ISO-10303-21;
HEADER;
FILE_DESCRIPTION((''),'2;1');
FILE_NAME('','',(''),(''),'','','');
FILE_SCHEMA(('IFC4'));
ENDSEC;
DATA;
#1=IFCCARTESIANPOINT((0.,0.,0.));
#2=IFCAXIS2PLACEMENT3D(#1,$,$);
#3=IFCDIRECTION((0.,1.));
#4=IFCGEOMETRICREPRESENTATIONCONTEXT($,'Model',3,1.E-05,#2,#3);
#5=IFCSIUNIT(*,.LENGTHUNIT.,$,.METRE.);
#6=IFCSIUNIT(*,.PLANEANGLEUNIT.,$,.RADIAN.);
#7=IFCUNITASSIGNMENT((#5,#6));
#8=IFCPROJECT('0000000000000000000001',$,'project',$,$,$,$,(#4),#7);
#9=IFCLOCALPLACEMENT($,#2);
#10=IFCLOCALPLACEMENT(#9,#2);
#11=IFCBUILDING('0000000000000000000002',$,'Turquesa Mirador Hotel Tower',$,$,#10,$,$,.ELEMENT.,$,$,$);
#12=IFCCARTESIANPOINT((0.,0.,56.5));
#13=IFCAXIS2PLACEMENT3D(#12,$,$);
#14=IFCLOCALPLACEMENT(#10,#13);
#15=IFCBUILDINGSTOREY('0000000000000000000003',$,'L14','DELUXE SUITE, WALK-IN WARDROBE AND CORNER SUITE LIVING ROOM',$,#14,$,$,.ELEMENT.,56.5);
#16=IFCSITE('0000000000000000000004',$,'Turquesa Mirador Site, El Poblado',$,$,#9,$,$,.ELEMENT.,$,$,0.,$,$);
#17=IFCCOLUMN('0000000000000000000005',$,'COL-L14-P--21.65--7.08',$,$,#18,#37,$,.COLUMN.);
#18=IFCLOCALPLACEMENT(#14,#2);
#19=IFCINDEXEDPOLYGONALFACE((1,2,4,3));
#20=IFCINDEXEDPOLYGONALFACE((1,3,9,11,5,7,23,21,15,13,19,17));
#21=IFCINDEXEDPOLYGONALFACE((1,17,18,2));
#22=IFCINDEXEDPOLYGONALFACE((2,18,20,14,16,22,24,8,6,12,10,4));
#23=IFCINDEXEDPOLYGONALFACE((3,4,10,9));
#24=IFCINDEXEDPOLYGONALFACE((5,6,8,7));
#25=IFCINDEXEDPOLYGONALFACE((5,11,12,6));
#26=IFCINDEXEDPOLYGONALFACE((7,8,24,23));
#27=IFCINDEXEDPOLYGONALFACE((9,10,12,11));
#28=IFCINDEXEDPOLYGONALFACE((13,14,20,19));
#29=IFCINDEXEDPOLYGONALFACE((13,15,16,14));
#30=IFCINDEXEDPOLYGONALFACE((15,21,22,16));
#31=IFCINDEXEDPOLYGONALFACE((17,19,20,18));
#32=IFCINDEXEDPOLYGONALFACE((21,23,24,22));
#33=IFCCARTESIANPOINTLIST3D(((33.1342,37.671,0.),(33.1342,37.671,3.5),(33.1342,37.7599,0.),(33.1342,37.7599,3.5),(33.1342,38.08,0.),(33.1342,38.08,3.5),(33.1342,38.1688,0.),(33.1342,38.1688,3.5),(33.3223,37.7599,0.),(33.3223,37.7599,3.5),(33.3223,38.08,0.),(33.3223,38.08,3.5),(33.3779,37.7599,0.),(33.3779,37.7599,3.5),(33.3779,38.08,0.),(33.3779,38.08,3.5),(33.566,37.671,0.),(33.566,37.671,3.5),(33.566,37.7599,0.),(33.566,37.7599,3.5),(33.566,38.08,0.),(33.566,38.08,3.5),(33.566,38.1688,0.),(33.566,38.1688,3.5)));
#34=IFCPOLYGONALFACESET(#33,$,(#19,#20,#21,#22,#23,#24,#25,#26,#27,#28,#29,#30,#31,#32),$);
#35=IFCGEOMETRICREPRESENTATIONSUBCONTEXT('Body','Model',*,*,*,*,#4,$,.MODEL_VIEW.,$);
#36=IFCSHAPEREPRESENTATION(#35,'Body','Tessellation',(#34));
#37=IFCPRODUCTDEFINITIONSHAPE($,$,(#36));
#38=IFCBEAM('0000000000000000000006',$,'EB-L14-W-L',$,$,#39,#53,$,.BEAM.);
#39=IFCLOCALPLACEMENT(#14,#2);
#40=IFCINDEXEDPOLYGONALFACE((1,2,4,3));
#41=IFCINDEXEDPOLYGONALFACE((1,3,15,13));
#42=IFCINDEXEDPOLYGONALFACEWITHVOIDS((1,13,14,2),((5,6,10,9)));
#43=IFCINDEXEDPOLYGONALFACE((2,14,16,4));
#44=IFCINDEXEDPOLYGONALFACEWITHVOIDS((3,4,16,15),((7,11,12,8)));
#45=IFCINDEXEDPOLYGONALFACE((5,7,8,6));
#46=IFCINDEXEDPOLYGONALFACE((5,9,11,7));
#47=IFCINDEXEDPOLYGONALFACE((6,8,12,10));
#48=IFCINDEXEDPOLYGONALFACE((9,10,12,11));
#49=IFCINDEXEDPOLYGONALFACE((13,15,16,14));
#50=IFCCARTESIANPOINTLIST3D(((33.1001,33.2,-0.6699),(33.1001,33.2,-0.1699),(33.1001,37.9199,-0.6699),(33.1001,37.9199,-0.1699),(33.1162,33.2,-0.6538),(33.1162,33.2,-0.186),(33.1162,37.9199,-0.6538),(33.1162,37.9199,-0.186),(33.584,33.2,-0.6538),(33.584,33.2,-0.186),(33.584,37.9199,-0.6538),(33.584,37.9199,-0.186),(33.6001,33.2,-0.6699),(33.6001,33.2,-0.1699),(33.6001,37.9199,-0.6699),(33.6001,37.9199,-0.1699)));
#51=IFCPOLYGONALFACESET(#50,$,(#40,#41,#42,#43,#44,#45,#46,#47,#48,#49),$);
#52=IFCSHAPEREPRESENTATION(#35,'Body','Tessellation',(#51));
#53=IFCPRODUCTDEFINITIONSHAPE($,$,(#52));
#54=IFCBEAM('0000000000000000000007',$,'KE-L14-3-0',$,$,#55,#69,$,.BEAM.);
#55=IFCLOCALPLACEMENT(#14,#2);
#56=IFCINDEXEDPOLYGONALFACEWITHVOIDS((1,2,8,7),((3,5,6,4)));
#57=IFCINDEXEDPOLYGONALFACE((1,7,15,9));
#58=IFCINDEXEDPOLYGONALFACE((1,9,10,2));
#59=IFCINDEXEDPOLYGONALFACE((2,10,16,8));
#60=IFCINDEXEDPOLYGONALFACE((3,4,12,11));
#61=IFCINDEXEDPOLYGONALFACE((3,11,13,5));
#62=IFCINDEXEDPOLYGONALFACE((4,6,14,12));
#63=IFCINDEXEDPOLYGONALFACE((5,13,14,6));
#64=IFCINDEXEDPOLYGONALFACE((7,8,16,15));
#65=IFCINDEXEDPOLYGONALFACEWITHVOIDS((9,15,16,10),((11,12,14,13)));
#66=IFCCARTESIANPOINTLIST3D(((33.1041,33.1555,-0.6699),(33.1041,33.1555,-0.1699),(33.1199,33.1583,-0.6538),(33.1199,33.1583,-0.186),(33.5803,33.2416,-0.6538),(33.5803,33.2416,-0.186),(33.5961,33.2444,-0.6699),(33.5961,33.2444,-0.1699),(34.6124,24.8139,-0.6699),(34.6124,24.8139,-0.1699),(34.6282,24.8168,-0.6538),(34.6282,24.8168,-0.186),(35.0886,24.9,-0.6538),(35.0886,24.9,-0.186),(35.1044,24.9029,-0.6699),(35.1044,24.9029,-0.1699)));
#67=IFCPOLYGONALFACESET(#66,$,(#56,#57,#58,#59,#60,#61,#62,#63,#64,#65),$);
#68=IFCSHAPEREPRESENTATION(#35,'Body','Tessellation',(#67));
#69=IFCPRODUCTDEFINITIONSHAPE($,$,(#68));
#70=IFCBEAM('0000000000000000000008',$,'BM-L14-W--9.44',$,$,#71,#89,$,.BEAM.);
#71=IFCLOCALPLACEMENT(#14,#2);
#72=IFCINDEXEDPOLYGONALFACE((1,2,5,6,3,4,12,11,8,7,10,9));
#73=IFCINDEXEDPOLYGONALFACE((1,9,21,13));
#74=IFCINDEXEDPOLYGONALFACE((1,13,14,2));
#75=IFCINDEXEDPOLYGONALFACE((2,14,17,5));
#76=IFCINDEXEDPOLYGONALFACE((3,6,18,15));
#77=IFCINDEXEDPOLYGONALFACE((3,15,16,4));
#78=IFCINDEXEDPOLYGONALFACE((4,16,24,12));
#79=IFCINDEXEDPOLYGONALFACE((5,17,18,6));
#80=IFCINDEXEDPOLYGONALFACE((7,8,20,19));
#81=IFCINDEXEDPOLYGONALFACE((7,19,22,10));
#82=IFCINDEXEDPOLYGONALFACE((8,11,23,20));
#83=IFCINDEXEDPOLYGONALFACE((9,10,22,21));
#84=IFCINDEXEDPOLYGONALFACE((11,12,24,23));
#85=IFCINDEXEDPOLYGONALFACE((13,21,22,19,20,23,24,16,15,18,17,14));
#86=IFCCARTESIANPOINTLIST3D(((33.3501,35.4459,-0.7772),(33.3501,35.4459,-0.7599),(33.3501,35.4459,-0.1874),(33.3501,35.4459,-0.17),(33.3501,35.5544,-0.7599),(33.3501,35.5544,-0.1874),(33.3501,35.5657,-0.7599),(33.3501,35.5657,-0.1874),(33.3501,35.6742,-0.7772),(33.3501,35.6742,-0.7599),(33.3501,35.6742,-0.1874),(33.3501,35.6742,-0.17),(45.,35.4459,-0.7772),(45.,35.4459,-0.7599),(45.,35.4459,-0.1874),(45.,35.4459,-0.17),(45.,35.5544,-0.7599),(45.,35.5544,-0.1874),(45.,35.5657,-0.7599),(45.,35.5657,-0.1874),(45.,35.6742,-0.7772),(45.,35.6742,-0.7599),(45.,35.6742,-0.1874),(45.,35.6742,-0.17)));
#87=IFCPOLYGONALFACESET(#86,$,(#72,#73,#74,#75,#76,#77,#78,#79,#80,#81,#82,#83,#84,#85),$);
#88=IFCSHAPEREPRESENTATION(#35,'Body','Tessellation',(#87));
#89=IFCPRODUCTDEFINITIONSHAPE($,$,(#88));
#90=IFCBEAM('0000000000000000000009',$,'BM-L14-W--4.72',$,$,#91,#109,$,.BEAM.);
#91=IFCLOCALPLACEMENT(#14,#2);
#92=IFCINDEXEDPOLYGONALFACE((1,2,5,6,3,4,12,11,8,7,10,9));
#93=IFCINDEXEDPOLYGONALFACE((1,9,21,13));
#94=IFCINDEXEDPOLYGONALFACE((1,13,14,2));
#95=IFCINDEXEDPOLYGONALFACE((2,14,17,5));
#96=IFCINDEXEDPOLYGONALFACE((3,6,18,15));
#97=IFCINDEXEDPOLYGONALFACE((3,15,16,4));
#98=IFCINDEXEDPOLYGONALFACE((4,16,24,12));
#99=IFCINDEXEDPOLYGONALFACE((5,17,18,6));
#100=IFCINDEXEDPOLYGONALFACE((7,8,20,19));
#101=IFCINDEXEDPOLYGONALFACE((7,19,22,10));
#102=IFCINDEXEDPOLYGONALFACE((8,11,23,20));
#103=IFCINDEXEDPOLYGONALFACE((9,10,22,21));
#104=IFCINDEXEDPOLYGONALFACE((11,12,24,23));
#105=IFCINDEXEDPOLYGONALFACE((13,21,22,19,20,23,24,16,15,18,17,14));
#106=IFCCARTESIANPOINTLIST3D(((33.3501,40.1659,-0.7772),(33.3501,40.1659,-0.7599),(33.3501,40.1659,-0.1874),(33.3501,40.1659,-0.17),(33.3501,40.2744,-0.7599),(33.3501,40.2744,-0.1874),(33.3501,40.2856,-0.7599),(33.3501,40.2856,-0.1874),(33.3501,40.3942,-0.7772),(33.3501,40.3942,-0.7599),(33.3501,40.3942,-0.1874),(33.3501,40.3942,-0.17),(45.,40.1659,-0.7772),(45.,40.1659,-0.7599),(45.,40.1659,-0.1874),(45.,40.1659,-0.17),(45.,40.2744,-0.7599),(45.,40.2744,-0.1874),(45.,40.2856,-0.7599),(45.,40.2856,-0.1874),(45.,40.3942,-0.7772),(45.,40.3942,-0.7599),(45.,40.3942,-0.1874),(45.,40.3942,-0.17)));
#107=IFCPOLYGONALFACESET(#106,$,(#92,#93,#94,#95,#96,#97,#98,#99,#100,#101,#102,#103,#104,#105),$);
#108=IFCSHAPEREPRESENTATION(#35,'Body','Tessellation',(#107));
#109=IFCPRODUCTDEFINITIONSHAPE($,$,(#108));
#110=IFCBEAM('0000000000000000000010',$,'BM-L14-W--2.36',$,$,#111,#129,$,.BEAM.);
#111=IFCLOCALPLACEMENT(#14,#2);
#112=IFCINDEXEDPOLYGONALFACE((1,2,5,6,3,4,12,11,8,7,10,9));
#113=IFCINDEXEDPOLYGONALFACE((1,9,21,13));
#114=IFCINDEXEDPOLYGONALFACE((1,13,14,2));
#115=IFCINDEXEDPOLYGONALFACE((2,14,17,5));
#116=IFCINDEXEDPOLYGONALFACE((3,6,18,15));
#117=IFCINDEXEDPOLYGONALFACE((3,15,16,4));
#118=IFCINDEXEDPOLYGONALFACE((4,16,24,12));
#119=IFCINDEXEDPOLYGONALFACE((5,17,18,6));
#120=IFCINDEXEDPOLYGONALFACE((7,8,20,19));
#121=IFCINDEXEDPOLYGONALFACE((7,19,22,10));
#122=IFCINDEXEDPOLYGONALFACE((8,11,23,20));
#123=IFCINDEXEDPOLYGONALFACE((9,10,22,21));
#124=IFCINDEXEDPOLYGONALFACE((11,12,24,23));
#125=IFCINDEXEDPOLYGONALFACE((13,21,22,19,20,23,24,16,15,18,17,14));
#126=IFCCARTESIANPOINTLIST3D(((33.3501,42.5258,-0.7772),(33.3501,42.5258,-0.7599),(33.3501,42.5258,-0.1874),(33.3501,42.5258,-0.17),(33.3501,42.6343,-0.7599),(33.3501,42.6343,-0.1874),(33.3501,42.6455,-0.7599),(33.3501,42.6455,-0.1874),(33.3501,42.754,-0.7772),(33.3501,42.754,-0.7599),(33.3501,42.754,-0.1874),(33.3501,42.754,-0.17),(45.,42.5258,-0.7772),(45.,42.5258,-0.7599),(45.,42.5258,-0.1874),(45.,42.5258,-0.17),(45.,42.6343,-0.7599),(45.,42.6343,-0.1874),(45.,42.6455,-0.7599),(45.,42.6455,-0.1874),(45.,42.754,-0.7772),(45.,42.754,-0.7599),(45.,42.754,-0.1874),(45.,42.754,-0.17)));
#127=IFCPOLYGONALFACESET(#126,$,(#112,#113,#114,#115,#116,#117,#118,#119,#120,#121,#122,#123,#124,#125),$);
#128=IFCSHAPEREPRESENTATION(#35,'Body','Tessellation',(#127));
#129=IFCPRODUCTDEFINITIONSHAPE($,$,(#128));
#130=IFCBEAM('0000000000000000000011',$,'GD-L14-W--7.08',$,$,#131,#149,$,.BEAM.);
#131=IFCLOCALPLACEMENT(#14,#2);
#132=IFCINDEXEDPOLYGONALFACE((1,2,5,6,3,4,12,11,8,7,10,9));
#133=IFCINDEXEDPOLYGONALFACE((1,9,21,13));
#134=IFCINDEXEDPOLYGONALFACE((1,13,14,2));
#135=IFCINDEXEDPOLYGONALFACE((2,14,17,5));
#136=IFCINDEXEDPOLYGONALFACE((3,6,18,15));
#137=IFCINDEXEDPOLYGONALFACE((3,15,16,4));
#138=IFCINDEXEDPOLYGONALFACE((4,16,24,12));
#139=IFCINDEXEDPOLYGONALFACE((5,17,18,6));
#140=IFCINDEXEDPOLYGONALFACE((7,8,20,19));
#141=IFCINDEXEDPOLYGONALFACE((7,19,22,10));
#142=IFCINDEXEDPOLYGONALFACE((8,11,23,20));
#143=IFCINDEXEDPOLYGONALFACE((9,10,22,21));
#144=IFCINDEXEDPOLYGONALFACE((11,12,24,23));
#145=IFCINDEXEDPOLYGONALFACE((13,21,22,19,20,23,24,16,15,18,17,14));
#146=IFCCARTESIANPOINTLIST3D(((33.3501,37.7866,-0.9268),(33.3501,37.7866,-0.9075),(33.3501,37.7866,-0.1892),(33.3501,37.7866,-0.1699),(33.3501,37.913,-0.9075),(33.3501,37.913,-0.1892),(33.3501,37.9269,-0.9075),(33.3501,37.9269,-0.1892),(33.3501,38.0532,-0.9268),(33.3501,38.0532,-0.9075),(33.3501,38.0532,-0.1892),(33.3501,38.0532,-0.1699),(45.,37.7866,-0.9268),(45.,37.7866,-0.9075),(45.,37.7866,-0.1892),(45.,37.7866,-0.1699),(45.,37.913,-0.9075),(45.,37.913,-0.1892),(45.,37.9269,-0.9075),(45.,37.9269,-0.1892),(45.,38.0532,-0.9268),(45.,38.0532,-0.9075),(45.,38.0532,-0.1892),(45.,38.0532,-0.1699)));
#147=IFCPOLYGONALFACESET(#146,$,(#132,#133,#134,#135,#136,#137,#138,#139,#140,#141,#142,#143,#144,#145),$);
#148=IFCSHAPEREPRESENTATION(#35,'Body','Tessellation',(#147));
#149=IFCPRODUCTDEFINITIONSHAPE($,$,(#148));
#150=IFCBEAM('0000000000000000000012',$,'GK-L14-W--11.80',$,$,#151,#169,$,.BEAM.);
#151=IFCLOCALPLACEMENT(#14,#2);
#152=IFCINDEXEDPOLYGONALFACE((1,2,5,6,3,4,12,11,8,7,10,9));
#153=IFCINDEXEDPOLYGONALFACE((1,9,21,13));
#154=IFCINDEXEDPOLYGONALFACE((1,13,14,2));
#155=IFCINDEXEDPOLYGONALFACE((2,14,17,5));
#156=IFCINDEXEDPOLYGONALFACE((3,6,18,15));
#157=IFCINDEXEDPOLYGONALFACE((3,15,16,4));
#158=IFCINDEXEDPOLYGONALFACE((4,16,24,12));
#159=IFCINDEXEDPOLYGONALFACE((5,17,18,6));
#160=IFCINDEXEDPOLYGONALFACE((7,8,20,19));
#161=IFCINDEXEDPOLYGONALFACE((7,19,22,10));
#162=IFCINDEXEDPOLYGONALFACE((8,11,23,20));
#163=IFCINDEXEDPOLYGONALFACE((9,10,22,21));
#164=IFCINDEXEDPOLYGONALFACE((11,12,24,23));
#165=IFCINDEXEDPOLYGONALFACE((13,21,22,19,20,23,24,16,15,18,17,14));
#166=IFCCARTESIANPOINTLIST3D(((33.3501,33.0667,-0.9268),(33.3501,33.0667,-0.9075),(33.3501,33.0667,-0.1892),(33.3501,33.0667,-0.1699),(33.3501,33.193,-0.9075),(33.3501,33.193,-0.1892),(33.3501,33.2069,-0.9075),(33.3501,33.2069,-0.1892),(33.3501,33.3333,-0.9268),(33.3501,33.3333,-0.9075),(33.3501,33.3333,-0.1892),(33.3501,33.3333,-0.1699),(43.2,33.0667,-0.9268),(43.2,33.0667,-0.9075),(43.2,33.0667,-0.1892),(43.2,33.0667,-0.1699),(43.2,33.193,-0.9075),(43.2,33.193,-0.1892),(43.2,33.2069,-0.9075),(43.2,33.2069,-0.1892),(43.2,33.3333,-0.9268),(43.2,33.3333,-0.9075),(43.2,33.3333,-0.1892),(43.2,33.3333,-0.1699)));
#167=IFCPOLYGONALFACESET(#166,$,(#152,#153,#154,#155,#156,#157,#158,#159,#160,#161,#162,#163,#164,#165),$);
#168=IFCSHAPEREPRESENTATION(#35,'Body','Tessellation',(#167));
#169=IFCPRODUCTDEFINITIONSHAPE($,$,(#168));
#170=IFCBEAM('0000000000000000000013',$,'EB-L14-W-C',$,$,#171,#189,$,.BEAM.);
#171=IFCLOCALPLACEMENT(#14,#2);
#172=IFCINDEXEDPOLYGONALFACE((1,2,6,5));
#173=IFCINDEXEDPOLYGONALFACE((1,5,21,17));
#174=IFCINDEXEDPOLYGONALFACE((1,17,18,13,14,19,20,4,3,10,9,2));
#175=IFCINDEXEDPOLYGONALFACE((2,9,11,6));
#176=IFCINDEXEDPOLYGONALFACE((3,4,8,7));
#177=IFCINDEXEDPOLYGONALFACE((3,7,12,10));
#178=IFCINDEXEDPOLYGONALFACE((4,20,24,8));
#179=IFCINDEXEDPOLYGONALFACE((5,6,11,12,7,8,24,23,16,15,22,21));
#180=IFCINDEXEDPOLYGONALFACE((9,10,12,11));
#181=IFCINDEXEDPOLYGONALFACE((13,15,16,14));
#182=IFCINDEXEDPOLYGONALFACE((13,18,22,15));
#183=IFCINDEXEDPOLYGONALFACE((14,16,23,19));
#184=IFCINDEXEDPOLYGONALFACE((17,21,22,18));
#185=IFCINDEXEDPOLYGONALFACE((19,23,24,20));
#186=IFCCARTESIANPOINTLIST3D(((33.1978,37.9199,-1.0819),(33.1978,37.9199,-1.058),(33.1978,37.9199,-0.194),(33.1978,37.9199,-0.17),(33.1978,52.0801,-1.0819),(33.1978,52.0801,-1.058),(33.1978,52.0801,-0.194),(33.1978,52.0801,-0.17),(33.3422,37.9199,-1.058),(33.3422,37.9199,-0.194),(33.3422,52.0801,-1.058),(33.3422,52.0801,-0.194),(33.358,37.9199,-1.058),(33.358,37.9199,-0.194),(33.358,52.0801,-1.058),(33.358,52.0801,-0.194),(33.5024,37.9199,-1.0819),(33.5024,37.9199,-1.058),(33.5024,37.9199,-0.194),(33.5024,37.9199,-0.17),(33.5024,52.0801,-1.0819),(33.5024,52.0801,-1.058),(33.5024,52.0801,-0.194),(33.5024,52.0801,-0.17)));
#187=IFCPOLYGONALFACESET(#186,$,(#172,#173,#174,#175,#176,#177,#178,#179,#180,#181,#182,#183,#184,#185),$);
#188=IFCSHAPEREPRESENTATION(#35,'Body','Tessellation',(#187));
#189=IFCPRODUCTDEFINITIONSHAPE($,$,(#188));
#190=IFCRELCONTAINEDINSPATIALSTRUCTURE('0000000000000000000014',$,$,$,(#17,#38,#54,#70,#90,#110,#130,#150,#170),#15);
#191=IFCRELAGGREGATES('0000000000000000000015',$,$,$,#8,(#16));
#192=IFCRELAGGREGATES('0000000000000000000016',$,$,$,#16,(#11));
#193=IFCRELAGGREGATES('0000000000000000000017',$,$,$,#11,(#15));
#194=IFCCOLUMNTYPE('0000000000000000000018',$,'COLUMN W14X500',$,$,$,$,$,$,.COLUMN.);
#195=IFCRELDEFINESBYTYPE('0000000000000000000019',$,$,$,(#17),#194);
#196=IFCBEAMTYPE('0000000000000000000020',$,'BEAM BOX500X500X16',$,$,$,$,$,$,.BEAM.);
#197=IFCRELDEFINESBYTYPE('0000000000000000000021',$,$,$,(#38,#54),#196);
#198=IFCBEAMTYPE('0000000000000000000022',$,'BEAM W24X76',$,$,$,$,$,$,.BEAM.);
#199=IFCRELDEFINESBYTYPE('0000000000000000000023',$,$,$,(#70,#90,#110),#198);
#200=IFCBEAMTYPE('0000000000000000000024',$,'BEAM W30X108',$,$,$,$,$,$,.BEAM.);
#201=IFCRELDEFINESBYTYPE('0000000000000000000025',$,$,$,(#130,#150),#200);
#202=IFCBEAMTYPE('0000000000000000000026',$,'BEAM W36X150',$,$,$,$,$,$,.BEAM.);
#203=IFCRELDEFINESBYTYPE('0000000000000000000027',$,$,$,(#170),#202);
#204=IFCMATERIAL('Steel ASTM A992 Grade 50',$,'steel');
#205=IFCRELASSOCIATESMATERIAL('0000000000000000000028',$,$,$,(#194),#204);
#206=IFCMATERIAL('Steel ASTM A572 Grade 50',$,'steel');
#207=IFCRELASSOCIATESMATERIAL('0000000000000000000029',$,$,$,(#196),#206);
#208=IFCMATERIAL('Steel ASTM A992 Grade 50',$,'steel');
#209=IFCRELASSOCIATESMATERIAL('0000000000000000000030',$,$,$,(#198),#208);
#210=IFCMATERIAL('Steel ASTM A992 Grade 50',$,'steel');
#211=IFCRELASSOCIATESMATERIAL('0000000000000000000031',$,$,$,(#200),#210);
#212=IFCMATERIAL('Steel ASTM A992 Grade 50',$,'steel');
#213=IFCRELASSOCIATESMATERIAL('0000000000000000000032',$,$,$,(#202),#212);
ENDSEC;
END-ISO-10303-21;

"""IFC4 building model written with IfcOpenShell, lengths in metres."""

from ifc_helpers import new_model, si_unit, direction, frame, origin, origin_2d, place, context, subcontext, project, spatial, hollow_rectangle, i_section, extrude, material, material_profile, profile_set, type_object, element, save


model = new_model("IFC4")

# Units and contexts
model_context = context("Model", 3, precision=1e-05, world=origin(), true_north=direction((0.0, 1.0)))
body_context = subcontext(model_context, "Body", "Model", "MODEL_VIEW")
ifc_project = project(units=[si_unit("LENGTHUNIT", "METRE"), si_unit("PLANEANGLEUNIT", "RADIAN")], contexts=[model_context])

# Site, building, storey
site_placement = place(None, origin())
site = spatial("IfcSite", under=ifc_project, at=site_placement, Name="Turquesa Mirador Site, El Poblado", CompositionType="ELEMENT", RefElevation=0.0)
building_placement = place(site_placement, origin())
building = spatial("IfcBuilding", under=site, at=building_placement, Name="Turquesa Mirador Hotel Tower", CompositionType="ELEMENT")
storey_placement = place(building_placement, frame((0.0, 0.0, 56.5)))
storey = spatial("IfcBuildingStorey", under=building, at=storey_placement, Name="L14", Description="DELUXE SUITE, WALK-IN WARDROBE AND CORNER SUITE LIVING ROOM", CompositionType="ELEMENT", Elevation=56.5)

# Column
ifc_material_1 = material(Name="Steel ASTM A992 Grade 50", Category="steel")
ifc_material_profile_1 = material_profile(ifc_material_1, i_section(OverallWidth=0.4319, OverallDepth=0.4978, WebThickness=0.0557, FlangeThickness=0.0889, at=origin_2d()), Name="W14X500")
ifc_profile_set_1 = profile_set([ifc_material_profile_1], Name="Steel ASTM A992 Grade 50")
column_type = type_object("IfcColumnType", Name="COLUMN W14X500", PredefinedType="COLUMN", material=ifc_profile_set_1)
column_placement = place(storey_placement, frame((33.3501, 37.9199, 0.0), z_axis=(0.0, 0.0, 1.0), x_axis=(1.0, 0.0, 0.0)))
element("IfcColumn", 1, at=column_placement, inside=storey, type_object=column_type, Name="COL-L14-P--21.65--7.08", PredefinedType="COLUMN", context=body_context, shape_type="SweptSolid", body=[
    extrude(i_section(OverallWidth=0.4319, OverallDepth=0.4978, WebThickness=0.0557, FlangeThickness=0.0889, at=origin_2d()), origin(), (0.0, 0.0, 1.0), 3.5),
])

# Beams
ifc_material_2 = material(Name="Steel ASTM A572 Grade 50", Category="steel")
ifc_material_profile_2 = material_profile(ifc_material_2, hollow_rectangle(XDim=0.5, YDim=0.5, WallThickness=0.0161, at=origin_2d()), Name="BOX500X500X16")
ifc_profile_set_2 = profile_set([ifc_material_profile_2], Name="Steel ASTM A572 Grade 50")
beam_type_1 = type_object("IfcBeamType", Name="BEAM BOX500X500X16", PredefinedType="BEAM", material=ifc_profile_set_2)
beam_1_placement = place(storey_placement, frame((33.3501, 33.2, -0.4199), z_axis=(0.0, 1.0, 0.0), x_axis=(-1.0, 0.0, 0.0)))
element("IfcBeam", 2, at=beam_1_placement, inside=storey, type_object=beam_type_1, Name="EB-L14-W-L", PredefinedType="BEAM", context=body_context, shape_type="SweptSolid", body=[
    extrude(hollow_rectangle(XDim=0.5, YDim=0.5, WallThickness=0.0161, at=origin_2d()), origin(), (0.0, 0.0, 1.0), 4.72),
])
beam_2_placement = place(storey_placement, frame((33.3501, 33.2, -0.4199), z_axis=(0.177932, -0.984043, 0.0), x_axis=(0.984043, 0.177932, 0.0)))
element("IfcBeam", 3, at=beam_2_placement, inside=storey, type_object=beam_type_1, Name="KE-L14-3-0", PredefinedType="BEAM", context=body_context, shape_type="SweptSolid", body=[
    extrude(hollow_rectangle(XDim=0.5, YDim=0.5, WallThickness=0.0161, at=origin_2d()), origin(), (0.0, 0.0, 1.0), 8.4768),
])
ifc_material_3 = material(Name="Steel ASTM A992 Grade 50", Category="steel")
ifc_material_profile_3 = material_profile(ifc_material_3, i_section(OverallWidth=0.2283, OverallDepth=0.6072, WebThickness=0.0112, FlangeThickness=0.0173, at=origin_2d()), Name="W24X76")
ifc_profile_set_3 = profile_set([ifc_material_profile_3], Name="Steel ASTM A992 Grade 50")
beam_type_2 = type_object("IfcBeamType", Name="BEAM W24X76", PredefinedType="BEAM", material=ifc_profile_set_3)
for number, where, z_axis, x_axis, name in (
    (4, (33.3501, 35.5601, -0.4736), (1.0, 0.0, 0.0), (0.0, 1.0, 0.0), "BM-L14-W--9.44"),
    (5, (33.3501, 40.28, -0.4736), (1.0, 0.0, 0.0), (0.0, 1.0, 0.0), "BM-L14-W--4.72"),
    (6, (33.3501, 42.6399, -0.4736), (1.0, 0.0, 0.0), (0.0, 1.0, 0.0), "BM-L14-W--2.36"),
):
    element("IfcBeam", number, at=place(storey_placement, frame(where, z_axis=z_axis, x_axis=x_axis)), inside=storey, type_object=beam_type_2, Name=name, PredefinedType="BEAM", context=body_context, shape_type="SweptSolid", body=[
        extrude(i_section(OverallWidth=0.2283, OverallDepth=0.6072, WebThickness=0.0112, FlangeThickness=0.0173, at=origin_2d()), origin(), (0.0, 0.0, 1.0), 11.6499),
    ])
ifc_material_4 = material(Name="Steel ASTM A992 Grade 50", Category="steel")
ifc_material_profile_4 = material_profile(ifc_material_4, i_section(OverallWidth=0.2666, OverallDepth=0.7568, WebThickness=0.0139, FlangeThickness=0.0193, at=origin_2d()), Name="W30X108")
ifc_profile_set_4 = profile_set([ifc_material_profile_4], Name="Steel ASTM A992 Grade 50")
beam_type_3 = type_object("IfcBeamType", Name="BEAM W30X108", PredefinedType="BEAM", material=ifc_profile_set_4)
beam_3_placement = place(storey_placement, frame((33.3501, 37.9199, -0.5483), z_axis=(1.0, 0.0, 0.0), x_axis=(0.0, 1.0, 0.0)))
element("IfcBeam", 7, at=beam_3_placement, inside=storey, type_object=beam_type_3, Name="GD-L14-W--7.08", PredefinedType="BEAM", context=body_context, shape_type="SweptSolid", body=[
    extrude(i_section(OverallWidth=0.2666, OverallDepth=0.7568, WebThickness=0.0139, FlangeThickness=0.0193, at=origin_2d()), origin(), (0.0, 0.0, 1.0), 11.6499),
])
beam_4_placement = place(storey_placement, frame((33.3501, 33.2, -0.5483), z_axis=(1.0, 0.0, 0.0), x_axis=(0.0, 1.0, 0.0)))
element("IfcBeam", 8, at=beam_4_placement, inside=storey, type_object=beam_type_3, Name="GK-L14-W--11.80", PredefinedType="BEAM", context=body_context, shape_type="SweptSolid", body=[
    extrude(i_section(OverallWidth=0.2666, OverallDepth=0.7568, WebThickness=0.0139, FlangeThickness=0.0193, at=origin_2d()), origin(), (0.0, 0.0, 1.0), 9.8499),
])
ifc_material_5 = material(Name="Steel ASTM A992 Grade 50", Category="steel")
ifc_material_profile_5 = material_profile(ifc_material_5, i_section(OverallWidth=0.3047, OverallDepth=0.9119, WebThickness=0.0159, FlangeThickness=0.0239, at=origin_2d()), Name="W36X150")
ifc_profile_set_5 = profile_set([ifc_material_profile_5], Name="Steel ASTM A992 Grade 50")
beam_type_4 = type_object("IfcBeamType", Name="BEAM W36X150", PredefinedType="BEAM", material=ifc_profile_set_5)
beam_5_placement = place(storey_placement, frame((33.3501, 37.9199, -0.626), z_axis=(0.0, 1.0, 0.0), x_axis=(-1.0, 0.0, 0.0)))
element("IfcBeam", 9, at=beam_5_placement, inside=storey, type_object=beam_type_4, Name="EB-L14-W-C", PredefinedType="BEAM", context=body_context, shape_type="SweptSolid", body=[
    extrude(i_section(OverallWidth=0.3047, OverallDepth=0.9119, WebThickness=0.0159, FlangeThickness=0.0239, at=origin_2d()), origin(), (0.0, 0.0, 1.0), 14.1602),
])

save(model, "model.ifc")
